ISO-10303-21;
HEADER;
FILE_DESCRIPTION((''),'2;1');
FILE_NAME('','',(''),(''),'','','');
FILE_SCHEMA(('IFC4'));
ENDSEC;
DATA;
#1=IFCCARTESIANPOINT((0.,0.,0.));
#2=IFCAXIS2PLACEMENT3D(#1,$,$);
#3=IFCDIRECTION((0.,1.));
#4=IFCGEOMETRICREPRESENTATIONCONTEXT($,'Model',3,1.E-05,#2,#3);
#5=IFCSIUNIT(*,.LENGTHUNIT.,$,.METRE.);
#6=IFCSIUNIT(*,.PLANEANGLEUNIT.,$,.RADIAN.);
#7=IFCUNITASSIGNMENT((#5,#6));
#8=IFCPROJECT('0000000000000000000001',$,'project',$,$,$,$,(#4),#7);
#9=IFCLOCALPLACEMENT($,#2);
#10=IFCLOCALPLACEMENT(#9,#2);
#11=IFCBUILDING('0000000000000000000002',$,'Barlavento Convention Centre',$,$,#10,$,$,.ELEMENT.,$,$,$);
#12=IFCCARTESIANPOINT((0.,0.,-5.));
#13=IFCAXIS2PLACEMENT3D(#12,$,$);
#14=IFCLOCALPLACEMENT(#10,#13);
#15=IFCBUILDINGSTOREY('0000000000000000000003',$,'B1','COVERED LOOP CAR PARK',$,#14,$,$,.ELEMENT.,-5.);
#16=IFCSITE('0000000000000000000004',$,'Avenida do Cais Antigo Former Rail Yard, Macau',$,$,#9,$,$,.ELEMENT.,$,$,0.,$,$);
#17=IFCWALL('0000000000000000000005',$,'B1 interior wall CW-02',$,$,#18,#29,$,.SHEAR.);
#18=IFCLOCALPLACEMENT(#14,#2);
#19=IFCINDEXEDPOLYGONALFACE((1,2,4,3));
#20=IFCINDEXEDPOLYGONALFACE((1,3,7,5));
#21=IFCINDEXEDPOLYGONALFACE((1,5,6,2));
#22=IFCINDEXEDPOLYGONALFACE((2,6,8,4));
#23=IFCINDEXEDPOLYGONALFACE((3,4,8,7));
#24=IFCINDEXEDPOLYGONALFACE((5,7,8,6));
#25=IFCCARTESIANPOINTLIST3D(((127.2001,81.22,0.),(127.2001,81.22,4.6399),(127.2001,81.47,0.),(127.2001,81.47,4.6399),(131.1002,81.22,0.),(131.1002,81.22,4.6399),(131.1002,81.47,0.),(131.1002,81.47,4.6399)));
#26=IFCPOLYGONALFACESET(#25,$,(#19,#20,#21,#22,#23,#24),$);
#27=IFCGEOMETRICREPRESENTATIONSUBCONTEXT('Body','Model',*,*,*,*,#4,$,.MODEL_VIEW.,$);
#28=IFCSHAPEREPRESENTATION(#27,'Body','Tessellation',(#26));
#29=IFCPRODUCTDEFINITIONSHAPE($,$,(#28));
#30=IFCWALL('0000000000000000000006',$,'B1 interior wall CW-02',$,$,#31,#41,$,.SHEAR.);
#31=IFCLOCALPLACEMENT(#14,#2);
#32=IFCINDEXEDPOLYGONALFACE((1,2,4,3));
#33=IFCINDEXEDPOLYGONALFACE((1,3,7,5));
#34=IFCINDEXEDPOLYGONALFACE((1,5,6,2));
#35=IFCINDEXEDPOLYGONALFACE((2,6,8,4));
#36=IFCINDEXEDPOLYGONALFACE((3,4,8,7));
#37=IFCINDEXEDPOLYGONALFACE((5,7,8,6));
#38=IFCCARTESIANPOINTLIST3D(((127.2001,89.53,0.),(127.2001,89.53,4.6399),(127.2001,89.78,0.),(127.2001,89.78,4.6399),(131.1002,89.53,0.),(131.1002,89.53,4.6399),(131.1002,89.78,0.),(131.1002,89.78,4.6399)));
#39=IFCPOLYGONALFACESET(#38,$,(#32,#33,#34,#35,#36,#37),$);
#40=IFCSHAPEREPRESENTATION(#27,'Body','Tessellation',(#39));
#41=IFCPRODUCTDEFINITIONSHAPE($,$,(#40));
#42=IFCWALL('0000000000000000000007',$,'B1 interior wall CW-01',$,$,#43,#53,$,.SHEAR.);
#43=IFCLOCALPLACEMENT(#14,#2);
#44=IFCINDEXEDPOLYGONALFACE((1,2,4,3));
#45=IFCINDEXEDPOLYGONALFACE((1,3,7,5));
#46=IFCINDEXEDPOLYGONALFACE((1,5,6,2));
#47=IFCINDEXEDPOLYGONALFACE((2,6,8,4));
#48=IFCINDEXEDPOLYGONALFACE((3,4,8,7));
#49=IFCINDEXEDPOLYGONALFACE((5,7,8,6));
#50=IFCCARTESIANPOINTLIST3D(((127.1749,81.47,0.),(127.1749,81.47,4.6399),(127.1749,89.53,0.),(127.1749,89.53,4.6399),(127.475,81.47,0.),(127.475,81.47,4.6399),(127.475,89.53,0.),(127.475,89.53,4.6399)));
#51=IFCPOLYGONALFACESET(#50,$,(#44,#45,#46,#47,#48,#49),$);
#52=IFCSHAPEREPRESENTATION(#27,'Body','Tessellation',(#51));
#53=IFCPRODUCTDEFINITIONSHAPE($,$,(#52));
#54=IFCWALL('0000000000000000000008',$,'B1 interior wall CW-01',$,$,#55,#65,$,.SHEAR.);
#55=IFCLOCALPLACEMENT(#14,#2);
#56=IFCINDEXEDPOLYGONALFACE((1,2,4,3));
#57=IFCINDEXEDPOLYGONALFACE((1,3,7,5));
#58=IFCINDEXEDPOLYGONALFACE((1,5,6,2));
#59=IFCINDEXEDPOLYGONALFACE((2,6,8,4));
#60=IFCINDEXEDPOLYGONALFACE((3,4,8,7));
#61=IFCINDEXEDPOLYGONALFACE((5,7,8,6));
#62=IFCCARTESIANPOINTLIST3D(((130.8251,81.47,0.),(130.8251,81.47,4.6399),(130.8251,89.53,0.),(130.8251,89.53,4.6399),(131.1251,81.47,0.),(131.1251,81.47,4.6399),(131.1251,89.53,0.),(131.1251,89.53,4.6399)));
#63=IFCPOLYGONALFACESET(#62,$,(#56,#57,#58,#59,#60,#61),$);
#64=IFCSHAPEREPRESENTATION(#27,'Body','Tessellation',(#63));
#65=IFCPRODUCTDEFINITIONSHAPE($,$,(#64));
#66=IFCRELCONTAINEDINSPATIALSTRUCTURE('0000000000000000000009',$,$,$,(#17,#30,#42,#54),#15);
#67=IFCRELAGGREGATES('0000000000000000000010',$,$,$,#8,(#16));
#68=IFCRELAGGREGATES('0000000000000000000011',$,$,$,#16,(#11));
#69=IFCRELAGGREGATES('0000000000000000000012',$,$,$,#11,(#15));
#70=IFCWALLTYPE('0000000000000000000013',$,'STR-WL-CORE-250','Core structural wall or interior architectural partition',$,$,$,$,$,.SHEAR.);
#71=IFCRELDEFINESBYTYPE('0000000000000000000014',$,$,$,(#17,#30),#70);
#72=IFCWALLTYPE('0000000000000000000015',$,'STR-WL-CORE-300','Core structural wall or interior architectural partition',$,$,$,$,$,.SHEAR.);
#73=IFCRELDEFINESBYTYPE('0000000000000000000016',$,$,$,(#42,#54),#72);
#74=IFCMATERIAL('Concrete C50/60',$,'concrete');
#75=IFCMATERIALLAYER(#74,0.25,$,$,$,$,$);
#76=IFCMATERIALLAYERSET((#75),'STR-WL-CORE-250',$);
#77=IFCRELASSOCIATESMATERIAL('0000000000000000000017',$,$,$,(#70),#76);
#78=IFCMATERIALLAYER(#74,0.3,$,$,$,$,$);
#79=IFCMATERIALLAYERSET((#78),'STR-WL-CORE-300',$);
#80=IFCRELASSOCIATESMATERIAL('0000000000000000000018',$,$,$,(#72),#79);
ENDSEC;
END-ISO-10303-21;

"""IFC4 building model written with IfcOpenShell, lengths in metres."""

from ifc_helpers import new_model, si_unit, direction, frame, frame_2d, origin, place, context, subcontext, project, spatial, rectangle, extrude, material, layer, layer_set, type_object, element, save


model = new_model("IFC4")

# Units and contexts
model_context = context("Model", 3, precision=1e-05, world=origin(), true_north=direction((0.0, 1.0)))
body_context = subcontext(model_context, "Body", "Model", "MODEL_VIEW")
ifc_project = project(units=[si_unit("LENGTHUNIT", "METRE"), si_unit("PLANEANGLEUNIT", "RADIAN")], contexts=[model_context])

# Site, building, storey
site_placement = place(None, origin())
site = spatial("IfcSite", under=ifc_project, at=site_placement, Name="Avenida do Cais Antigo Former Rail Yard, Macau", CompositionType="ELEMENT", RefElevation=0.0)
building_placement = place(site_placement, origin())
building = spatial("IfcBuilding", under=site, at=building_placement, Name="Barlavento Convention Centre", CompositionType="ELEMENT")
storey_placement = place(building_placement, frame((0.0, 0.0, -5.0)))
storey = spatial("IfcBuildingStorey", under=building, at=storey_placement, Name="B1", Description="COVERED LOOP CAR PARK", CompositionType="ELEMENT", Elevation=-5.0)

# Shared definitions
ifc_material_1 = material(Name="Concrete C50/60", Category="concrete")

# Walls
ifc_layer_1 = layer(ifc_material_1, 0.25)
ifc_layer_set_1 = layer_set([ifc_layer_1], Name="STR-WL-CORE-250")
wall_type_1 = type_object("IfcWallType", Name="STR-WL-CORE-250", Description="Core structural wall or interior architectural partition", PredefinedType="SHEAR", material=ifc_layer_set_1)
for number, where, z_axis, x_axis, name in (
    (1, (127.2, 81.345, 0.0), (0.0, 0.0, 1.0), (1.0, 0.0, 0.0), "B1 interior wall CW-02"),
    (2, (127.2, 89.655, 0.0), (0.0, 0.0, 1.0), (1.0, 0.0, 0.0), "B1 interior wall CW-02"),
):
    element("IfcWall", number, at=place(storey_placement, frame(where, z_axis=z_axis, x_axis=x_axis)), inside=storey, type_object=wall_type_1, Name=name, PredefinedType="SHEAR", context=body_context, shape_type="SweptSolid", body=[
        extrude(rectangle(XDim=3.9001, YDim=0.25, at=frame_2d((1.9502, 0.0))), origin(), (0.0, 0.0, 1.0), 4.6399),
    ])
ifc_layer_2 = layer(ifc_material_1, 0.3)
ifc_layer_set_2 = layer_set([ifc_layer_2], Name="STR-WL-CORE-300")
wall_type_2 = type_object("IfcWallType", Name="STR-WL-CORE-300", Description="Core structural wall or interior architectural partition", PredefinedType="SHEAR", material=ifc_layer_set_2)
for number, where, z_axis, x_axis, name in (
    (3, (127.325, 81.47, 0.0), (0.0, 0.0, 1.0), (0.0, 1.0, 0.0), "B1 interior wall CW-01"),
    (4, (130.9751, 81.47, 0.0), (0.0, 0.0, 1.0), (0.0, 1.0, 0.0), "B1 interior wall CW-01"),
):
    element("IfcWall", number, at=place(storey_placement, frame(where, z_axis=z_axis, x_axis=x_axis)), inside=storey, type_object=wall_type_2, Name=name, PredefinedType="SHEAR", context=body_context, shape_type="SweptSolid", body=[
        extrude(rectangle(XDim=8.0601, YDim=0.3, at=frame_2d((4.03, 0.0))), origin(), (0.0, 0.0, 1.0), 4.6399),
    ])

save(model, "model.ifc")
